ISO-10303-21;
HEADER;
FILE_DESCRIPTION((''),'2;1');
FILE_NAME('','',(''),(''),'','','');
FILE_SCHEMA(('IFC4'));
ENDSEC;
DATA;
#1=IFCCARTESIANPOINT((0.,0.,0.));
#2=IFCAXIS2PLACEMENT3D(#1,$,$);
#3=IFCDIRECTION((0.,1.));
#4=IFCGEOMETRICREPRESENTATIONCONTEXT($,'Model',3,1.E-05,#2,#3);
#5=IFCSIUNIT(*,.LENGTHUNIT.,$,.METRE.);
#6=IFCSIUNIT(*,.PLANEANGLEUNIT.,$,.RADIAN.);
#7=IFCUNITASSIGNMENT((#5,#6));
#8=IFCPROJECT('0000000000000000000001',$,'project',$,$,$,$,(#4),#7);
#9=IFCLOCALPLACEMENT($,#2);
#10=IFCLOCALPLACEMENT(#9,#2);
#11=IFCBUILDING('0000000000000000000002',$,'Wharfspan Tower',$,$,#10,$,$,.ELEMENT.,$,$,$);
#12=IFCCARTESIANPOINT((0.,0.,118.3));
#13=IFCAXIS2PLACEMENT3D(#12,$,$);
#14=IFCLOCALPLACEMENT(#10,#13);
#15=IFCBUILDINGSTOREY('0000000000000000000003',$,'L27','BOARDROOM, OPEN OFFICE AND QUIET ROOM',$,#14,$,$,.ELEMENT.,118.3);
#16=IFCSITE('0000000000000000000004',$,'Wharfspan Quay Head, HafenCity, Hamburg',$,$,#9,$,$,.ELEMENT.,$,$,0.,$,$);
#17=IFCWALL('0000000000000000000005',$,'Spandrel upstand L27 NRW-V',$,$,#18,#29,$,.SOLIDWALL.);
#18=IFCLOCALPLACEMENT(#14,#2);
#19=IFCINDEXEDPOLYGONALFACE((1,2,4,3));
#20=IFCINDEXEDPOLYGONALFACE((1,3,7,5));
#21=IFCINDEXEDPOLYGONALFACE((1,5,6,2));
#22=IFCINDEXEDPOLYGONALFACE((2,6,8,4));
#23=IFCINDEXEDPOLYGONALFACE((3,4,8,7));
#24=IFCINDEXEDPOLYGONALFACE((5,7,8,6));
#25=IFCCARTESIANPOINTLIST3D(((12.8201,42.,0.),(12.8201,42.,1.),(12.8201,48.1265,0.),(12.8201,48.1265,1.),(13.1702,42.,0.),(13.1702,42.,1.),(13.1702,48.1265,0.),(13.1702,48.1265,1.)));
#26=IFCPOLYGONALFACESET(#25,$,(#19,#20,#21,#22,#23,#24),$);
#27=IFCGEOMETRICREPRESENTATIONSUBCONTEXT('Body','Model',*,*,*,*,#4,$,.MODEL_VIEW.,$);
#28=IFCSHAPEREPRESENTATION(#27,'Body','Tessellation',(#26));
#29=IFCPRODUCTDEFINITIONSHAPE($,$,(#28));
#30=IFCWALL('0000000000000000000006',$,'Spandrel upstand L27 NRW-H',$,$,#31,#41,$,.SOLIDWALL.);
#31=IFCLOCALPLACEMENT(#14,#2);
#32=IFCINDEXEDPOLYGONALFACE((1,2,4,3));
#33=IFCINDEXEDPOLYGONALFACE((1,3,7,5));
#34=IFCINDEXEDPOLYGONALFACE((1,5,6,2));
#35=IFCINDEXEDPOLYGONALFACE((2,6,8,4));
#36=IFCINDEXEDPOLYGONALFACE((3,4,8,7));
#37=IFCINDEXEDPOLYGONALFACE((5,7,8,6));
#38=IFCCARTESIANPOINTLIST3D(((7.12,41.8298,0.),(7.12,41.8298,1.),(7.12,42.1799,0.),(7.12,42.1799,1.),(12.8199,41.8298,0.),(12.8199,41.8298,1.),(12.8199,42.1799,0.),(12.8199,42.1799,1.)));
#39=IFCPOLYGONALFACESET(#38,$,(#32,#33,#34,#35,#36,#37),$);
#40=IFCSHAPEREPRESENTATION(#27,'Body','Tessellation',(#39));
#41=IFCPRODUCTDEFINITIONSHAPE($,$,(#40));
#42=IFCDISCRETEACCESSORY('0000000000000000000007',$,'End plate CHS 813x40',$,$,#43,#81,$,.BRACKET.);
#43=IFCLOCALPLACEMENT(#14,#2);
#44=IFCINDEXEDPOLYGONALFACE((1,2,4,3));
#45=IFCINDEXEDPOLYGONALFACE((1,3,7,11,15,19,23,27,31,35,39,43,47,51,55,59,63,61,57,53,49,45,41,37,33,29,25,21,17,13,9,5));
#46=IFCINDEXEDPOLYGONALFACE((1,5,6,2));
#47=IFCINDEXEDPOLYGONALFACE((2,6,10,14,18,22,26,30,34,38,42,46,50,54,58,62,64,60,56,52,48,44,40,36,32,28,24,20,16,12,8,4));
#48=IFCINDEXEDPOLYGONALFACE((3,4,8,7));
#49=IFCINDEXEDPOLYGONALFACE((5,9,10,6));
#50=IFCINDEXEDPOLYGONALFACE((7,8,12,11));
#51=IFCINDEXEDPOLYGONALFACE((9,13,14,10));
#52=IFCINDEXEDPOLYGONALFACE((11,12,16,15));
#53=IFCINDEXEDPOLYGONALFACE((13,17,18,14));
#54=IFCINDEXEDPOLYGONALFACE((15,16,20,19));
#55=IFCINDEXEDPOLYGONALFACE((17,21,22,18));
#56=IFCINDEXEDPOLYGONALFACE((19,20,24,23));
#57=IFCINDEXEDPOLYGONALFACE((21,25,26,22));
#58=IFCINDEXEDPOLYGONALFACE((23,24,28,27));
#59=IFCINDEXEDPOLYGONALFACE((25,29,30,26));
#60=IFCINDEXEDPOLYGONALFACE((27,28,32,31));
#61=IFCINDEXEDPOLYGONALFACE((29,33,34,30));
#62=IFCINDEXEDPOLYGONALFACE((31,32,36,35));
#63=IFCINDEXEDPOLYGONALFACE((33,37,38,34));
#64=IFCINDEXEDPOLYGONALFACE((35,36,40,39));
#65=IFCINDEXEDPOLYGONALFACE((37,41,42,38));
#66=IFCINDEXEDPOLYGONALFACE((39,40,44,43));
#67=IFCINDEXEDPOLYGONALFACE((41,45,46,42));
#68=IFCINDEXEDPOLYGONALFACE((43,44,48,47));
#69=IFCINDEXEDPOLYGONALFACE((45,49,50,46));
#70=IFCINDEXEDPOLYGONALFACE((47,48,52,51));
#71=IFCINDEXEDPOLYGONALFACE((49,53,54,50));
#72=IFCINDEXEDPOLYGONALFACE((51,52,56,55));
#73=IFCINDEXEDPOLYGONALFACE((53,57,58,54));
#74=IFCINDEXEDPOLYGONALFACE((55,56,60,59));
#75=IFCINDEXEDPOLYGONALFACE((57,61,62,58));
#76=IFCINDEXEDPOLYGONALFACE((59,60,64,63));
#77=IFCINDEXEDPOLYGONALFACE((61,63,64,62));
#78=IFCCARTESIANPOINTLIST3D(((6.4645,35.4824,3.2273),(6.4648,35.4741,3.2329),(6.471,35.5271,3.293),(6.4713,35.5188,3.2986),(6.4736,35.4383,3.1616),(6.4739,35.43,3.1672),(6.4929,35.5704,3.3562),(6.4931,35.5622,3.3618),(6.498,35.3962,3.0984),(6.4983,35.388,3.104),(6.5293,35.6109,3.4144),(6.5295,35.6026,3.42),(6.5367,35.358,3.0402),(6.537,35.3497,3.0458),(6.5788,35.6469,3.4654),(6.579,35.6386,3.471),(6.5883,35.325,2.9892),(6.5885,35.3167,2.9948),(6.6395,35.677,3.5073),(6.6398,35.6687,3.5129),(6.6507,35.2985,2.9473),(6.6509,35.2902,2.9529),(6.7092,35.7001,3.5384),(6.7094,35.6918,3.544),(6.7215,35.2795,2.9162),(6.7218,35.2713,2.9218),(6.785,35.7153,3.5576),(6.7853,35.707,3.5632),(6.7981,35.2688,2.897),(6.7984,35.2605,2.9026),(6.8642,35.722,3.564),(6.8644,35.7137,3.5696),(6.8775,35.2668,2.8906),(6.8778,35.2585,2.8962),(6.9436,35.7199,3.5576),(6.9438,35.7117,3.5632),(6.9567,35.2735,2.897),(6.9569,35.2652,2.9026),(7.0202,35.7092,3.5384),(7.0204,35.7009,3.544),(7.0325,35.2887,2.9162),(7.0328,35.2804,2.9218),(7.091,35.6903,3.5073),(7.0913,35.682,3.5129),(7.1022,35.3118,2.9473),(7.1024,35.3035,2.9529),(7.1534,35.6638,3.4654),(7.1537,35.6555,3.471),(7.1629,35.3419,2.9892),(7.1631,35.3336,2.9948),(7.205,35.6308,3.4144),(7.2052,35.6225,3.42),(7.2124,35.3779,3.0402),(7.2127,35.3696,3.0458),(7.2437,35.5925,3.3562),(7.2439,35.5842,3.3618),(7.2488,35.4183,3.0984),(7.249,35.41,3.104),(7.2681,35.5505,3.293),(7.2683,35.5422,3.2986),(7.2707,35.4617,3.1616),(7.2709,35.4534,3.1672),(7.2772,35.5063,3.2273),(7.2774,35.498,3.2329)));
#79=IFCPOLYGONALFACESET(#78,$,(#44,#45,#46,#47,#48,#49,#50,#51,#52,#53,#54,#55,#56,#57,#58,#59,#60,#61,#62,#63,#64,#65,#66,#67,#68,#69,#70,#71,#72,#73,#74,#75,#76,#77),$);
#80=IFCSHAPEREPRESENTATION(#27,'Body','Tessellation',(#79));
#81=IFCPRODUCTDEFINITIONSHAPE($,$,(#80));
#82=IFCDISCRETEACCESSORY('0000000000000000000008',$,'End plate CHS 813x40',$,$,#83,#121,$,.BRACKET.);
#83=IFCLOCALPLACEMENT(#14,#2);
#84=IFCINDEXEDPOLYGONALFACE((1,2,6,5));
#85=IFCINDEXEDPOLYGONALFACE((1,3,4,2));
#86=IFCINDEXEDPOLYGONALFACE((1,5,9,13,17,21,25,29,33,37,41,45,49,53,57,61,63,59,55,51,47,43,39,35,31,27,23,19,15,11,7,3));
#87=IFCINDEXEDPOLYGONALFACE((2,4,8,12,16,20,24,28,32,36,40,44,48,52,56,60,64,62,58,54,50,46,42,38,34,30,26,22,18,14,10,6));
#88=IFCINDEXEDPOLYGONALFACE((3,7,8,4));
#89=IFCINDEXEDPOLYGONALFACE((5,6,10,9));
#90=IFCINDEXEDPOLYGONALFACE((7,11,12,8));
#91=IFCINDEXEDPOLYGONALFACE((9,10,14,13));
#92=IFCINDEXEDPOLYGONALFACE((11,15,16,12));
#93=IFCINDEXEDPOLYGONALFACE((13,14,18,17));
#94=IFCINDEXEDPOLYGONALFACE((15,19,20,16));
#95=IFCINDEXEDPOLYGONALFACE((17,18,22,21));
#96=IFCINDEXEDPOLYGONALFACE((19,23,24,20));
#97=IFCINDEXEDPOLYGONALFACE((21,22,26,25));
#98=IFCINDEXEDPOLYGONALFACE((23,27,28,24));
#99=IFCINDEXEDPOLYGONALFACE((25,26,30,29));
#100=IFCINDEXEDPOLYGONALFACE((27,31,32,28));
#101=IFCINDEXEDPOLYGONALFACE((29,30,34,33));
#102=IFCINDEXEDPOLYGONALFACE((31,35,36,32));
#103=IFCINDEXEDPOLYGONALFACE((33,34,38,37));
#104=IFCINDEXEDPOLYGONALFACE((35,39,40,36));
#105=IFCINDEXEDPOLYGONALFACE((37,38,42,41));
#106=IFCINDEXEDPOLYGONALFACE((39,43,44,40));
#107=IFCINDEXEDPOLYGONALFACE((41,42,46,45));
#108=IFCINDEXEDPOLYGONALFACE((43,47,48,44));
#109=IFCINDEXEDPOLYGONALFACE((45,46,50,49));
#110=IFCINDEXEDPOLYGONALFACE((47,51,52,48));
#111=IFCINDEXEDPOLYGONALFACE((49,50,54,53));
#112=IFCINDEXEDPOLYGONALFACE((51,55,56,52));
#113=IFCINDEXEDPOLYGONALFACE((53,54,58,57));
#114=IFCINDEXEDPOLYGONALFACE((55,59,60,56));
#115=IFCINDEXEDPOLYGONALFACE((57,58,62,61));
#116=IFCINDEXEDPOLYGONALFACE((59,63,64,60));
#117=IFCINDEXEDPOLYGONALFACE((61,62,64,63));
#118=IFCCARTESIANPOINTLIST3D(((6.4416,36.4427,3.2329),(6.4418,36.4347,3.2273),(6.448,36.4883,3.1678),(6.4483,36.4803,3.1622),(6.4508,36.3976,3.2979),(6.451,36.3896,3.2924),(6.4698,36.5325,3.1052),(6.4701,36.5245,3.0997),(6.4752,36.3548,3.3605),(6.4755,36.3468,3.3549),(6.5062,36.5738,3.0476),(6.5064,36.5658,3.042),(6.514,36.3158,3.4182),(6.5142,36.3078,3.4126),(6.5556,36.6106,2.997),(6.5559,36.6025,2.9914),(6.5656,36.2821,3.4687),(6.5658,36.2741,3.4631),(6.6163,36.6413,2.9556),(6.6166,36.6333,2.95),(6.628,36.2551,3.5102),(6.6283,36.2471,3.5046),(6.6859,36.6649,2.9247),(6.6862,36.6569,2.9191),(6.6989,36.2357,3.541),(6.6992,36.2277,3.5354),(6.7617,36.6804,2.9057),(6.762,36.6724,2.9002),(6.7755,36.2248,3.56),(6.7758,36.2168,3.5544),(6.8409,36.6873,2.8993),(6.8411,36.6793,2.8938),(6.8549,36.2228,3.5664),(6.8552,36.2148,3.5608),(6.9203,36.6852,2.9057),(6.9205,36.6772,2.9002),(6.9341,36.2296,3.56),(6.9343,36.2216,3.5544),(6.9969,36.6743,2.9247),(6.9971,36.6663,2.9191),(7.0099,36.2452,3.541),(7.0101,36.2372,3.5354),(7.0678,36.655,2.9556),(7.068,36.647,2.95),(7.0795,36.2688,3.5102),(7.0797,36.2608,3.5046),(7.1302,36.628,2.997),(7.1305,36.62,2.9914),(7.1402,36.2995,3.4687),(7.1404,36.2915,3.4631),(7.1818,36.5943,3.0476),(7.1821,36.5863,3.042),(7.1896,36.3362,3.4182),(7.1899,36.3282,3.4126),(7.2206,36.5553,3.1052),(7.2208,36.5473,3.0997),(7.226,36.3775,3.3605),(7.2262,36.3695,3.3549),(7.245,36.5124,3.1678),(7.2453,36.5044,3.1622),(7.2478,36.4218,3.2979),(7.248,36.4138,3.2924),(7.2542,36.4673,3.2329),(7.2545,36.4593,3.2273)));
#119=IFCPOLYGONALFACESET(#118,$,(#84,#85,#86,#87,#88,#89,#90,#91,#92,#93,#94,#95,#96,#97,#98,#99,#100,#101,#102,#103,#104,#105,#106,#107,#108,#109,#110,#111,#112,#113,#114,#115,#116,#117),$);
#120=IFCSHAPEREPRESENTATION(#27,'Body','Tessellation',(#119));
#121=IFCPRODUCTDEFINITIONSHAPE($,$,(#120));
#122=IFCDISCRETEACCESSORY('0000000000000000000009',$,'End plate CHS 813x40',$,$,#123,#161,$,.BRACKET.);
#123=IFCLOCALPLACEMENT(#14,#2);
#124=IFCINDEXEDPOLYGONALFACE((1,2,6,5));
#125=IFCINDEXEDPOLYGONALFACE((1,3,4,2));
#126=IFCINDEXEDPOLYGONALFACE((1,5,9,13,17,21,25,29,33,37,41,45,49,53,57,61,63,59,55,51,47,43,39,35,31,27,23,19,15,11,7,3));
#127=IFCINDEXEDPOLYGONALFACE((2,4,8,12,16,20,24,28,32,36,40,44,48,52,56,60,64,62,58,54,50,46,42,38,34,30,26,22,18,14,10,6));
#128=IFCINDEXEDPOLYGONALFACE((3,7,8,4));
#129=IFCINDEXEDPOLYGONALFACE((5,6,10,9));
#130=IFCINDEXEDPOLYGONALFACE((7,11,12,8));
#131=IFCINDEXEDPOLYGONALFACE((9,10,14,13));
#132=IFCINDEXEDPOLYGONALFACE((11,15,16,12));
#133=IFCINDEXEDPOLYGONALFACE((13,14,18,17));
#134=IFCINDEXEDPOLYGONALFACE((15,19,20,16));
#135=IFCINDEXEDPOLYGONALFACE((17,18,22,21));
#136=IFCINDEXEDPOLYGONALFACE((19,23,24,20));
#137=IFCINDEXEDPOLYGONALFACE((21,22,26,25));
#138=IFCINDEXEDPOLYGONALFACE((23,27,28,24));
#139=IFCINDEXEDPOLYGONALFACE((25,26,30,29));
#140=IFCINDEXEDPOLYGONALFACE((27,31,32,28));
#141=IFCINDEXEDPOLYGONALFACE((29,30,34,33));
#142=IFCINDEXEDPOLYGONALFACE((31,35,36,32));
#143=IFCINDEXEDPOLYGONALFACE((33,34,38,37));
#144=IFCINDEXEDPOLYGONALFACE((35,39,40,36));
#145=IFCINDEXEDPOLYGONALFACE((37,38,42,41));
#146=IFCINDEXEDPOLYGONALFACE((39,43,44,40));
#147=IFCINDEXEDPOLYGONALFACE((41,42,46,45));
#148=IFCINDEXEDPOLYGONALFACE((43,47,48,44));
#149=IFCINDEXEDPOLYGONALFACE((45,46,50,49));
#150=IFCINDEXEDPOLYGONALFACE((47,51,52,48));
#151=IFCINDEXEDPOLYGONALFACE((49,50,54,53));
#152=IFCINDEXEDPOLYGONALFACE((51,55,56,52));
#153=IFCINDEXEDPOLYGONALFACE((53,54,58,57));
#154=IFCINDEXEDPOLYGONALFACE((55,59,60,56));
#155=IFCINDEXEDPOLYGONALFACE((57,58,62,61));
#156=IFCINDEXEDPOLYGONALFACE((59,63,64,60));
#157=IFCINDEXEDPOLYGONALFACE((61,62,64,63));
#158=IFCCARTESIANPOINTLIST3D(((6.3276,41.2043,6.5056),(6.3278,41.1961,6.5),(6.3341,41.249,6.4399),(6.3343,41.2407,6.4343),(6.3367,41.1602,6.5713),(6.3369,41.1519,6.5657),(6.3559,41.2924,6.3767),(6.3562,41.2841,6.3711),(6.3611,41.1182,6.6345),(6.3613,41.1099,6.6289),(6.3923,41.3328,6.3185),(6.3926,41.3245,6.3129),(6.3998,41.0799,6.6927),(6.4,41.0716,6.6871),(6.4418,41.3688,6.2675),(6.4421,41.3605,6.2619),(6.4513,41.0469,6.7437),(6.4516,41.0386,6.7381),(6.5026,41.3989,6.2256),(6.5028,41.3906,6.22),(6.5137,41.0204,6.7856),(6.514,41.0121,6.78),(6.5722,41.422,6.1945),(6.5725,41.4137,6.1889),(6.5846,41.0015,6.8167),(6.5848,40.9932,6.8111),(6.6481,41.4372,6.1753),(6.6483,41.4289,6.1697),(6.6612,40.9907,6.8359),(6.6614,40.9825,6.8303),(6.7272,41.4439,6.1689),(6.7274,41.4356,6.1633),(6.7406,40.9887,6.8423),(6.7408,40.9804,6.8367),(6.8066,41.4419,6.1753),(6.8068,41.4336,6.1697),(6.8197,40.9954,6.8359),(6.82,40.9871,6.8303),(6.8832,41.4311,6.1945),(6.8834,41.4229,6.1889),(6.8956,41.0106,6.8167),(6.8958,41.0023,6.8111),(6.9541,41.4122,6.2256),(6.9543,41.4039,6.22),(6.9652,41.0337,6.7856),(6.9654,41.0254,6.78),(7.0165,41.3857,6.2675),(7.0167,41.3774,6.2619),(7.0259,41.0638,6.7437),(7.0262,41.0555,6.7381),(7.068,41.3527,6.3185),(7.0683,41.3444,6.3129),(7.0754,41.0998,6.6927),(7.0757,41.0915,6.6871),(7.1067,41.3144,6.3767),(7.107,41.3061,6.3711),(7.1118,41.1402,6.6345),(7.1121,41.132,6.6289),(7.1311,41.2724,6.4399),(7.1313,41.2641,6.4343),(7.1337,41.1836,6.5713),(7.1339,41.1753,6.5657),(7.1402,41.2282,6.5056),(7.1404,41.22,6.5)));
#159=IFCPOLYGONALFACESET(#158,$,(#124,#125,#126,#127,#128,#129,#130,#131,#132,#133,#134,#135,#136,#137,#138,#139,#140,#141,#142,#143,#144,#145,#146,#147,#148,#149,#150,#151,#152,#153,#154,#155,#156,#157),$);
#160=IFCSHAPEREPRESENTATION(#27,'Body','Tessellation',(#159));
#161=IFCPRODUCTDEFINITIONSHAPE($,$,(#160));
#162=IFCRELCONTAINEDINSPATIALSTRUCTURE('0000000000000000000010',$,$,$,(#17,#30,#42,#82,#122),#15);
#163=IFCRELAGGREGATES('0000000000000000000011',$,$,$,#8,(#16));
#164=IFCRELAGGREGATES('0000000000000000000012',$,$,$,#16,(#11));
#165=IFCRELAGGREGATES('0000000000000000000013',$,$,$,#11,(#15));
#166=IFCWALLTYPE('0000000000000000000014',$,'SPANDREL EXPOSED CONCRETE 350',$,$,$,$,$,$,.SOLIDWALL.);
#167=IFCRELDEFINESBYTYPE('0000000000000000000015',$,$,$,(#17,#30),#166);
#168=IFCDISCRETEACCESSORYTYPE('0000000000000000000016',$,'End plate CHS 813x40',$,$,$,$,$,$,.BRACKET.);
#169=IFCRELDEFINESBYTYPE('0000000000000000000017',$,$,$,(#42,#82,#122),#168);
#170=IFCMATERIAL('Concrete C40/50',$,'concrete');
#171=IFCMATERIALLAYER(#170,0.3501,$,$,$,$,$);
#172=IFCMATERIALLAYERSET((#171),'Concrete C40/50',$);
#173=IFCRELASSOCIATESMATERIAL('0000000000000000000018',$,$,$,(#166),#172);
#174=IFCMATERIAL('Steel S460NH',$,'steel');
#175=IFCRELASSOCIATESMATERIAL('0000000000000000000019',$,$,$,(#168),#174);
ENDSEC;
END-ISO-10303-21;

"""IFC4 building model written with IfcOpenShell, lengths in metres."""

from ifc_helpers import new_model, si_unit, direction, frame, frame_2d, origin, origin_2d, place, context, subcontext, project, spatial, rectangle, circle, extrude, material, layer, layer_set, material_profile, profile_set, type_object, element, save


model = new_model("IFC4")

# Units and contexts
model_context = context("Model", 3, precision=1e-05, world=origin(), true_north=direction((0.0, 1.0)))
body_context = subcontext(model_context, "Body", "Model", "MODEL_VIEW")
ifc_project = project(units=[si_unit("LENGTHUNIT", "METRE"), si_unit("PLANEANGLEUNIT", "RADIAN")], contexts=[model_context])

# Site, building, storey
site_placement = place(None, origin())
site = spatial("IfcSite", under=ifc_project, at=site_placement, Name="Wharfspan Quay Head, HafenCity, Hamburg", CompositionType="ELEMENT", RefElevation=0.0)
building_placement = place(site_placement, origin())
building = spatial("IfcBuilding", under=site, at=building_placement, Name="Wharfspan Tower", CompositionType="ELEMENT")
storey_placement = place(building_placement, frame((0.0, 0.0, 118.3)))
storey = spatial("IfcBuildingStorey", under=building, at=storey_placement, Name="L27", Description="BOARDROOM, OPEN OFFICE AND QUIET ROOM", CompositionType="ELEMENT", Elevation=118.3)

# Shared definitions
ifc_material_1 = material(Name="Steel S460NH", Category="steel")

# Walls
ifc_material_2 = material(Name="Concrete C40/50", Category="concrete")
ifc_layer_1 = layer(ifc_material_2, 0.3501)
ifc_layer_set_1 = layer_set([ifc_layer_1], Name="Concrete C40/50")
wall_type = type_object("IfcWallType", Name="SPANDREL EXPOSED CONCRETE 350", PredefinedType="SOLIDWALL", material=ifc_layer_set_1)
wall_1_placement = place(storey_placement, frame((12.9951, 48.1265, 0.0), z_axis=(0.0, 0.0, 1.0), x_axis=(0.0, -1.0, 0.0)))
element("IfcWall", 1, at=wall_1_placement, inside=storey, type_object=wall_type, Name="Spandrel upstand L27 NRW-V", PredefinedType="SOLIDWALL", context=body_context, shape_type="SweptSolid", body=[
    extrude(rectangle(XDim=6.1265, YDim=0.3501, at=frame_2d((3.0632, 0.0))), origin(), (0.0, 0.0, 1.0), 1.0),
])
wall_2_placement = place(storey_placement, frame((12.8201, 42.0049, 0.0), z_axis=(0.0, 0.0, 1.0), x_axis=(-1.0, 0.0, 0.0)))
element("IfcWall", 2, at=wall_2_placement, inside=storey, type_object=wall_type, Name="Spandrel upstand L27 NRW-H", PredefinedType="SOLIDWALL", context=body_context, shape_type="SweptSolid", body=[
    extrude(rectangle(XDim=5.7, YDim=0.3501, at=frame_2d((2.8501, 0.0))), origin(), (0.0, 0.0, 1.0), 1.0),
])

# Discrete accessories
ifc_material_profile_1 = material_profile(ifc_material_1, circle(Radius=0.4065, at=origin_2d()))
ifc_profile_set_1 = profile_set([ifc_material_profile_1], Name="Steel S460NH")
discrete_accessory_type = type_object("IfcDiscreteAccessoryType", Name="End plate CHS 813x40", PredefinedType="BRACKET", material=ifc_profile_set_1)
discrete_accessory_1_placement = place(storey_placement, frame((6.8708, 35.4944, 3.2273), z_axis=(0.024354, -0.828038, 0.560143), x_axis=(0.999568, 0.029399, 0.0)))
element("IfcDiscreteAccessory", 3, at=discrete_accessory_1_placement, inside=storey, type_object=discrete_accessory_type, Name="End plate CHS 813x40", PredefinedType="BRACKET", context=body_context, shape_type="SweptSolid", body=[
    extrude(circle(Radius=0.4065, at=origin_2d()), origin(), (0.0, 0.0, 1.0), 0.01),
])
discrete_accessory_2_placement = place(storey_placement, frame((6.8481, 36.447, 3.2273), z_axis=(-0.024853, 0.820145, 0.571616), x_axis=(-0.999542, -0.03029, 0.000001)))
element("IfcDiscreteAccessory", 4, at=discrete_accessory_2_placement, inside=storey, type_object=discrete_accessory_type, Name="End plate CHS 813x40", PredefinedType="BRACKET", context=body_context, shape_type="SweptSolid", body=[
    extrude(circle(Radius=0.4065, at=origin_2d()), origin(), (0.0, 0.0, 1.0), 0.0098),
])
discrete_accessory_3_placement = place(storey_placement, frame((6.7341, 41.208, 6.5), z_axis=(-0.024354, 0.828038, 0.560143), x_axis=(-0.999568, -0.029399, 0.0)))
element("IfcDiscreteAccessory", 5, at=discrete_accessory_3_placement, inside=storey, type_object=discrete_accessory_type, Name="End plate CHS 813x40", PredefinedType="BRACKET", context=body_context, shape_type="SweptSolid", body=[
    extrude(circle(Radius=0.4065, at=origin_2d()), origin(), (0.0, 0.0, 1.0), 0.01),
])

save(model, "model.ifc")
